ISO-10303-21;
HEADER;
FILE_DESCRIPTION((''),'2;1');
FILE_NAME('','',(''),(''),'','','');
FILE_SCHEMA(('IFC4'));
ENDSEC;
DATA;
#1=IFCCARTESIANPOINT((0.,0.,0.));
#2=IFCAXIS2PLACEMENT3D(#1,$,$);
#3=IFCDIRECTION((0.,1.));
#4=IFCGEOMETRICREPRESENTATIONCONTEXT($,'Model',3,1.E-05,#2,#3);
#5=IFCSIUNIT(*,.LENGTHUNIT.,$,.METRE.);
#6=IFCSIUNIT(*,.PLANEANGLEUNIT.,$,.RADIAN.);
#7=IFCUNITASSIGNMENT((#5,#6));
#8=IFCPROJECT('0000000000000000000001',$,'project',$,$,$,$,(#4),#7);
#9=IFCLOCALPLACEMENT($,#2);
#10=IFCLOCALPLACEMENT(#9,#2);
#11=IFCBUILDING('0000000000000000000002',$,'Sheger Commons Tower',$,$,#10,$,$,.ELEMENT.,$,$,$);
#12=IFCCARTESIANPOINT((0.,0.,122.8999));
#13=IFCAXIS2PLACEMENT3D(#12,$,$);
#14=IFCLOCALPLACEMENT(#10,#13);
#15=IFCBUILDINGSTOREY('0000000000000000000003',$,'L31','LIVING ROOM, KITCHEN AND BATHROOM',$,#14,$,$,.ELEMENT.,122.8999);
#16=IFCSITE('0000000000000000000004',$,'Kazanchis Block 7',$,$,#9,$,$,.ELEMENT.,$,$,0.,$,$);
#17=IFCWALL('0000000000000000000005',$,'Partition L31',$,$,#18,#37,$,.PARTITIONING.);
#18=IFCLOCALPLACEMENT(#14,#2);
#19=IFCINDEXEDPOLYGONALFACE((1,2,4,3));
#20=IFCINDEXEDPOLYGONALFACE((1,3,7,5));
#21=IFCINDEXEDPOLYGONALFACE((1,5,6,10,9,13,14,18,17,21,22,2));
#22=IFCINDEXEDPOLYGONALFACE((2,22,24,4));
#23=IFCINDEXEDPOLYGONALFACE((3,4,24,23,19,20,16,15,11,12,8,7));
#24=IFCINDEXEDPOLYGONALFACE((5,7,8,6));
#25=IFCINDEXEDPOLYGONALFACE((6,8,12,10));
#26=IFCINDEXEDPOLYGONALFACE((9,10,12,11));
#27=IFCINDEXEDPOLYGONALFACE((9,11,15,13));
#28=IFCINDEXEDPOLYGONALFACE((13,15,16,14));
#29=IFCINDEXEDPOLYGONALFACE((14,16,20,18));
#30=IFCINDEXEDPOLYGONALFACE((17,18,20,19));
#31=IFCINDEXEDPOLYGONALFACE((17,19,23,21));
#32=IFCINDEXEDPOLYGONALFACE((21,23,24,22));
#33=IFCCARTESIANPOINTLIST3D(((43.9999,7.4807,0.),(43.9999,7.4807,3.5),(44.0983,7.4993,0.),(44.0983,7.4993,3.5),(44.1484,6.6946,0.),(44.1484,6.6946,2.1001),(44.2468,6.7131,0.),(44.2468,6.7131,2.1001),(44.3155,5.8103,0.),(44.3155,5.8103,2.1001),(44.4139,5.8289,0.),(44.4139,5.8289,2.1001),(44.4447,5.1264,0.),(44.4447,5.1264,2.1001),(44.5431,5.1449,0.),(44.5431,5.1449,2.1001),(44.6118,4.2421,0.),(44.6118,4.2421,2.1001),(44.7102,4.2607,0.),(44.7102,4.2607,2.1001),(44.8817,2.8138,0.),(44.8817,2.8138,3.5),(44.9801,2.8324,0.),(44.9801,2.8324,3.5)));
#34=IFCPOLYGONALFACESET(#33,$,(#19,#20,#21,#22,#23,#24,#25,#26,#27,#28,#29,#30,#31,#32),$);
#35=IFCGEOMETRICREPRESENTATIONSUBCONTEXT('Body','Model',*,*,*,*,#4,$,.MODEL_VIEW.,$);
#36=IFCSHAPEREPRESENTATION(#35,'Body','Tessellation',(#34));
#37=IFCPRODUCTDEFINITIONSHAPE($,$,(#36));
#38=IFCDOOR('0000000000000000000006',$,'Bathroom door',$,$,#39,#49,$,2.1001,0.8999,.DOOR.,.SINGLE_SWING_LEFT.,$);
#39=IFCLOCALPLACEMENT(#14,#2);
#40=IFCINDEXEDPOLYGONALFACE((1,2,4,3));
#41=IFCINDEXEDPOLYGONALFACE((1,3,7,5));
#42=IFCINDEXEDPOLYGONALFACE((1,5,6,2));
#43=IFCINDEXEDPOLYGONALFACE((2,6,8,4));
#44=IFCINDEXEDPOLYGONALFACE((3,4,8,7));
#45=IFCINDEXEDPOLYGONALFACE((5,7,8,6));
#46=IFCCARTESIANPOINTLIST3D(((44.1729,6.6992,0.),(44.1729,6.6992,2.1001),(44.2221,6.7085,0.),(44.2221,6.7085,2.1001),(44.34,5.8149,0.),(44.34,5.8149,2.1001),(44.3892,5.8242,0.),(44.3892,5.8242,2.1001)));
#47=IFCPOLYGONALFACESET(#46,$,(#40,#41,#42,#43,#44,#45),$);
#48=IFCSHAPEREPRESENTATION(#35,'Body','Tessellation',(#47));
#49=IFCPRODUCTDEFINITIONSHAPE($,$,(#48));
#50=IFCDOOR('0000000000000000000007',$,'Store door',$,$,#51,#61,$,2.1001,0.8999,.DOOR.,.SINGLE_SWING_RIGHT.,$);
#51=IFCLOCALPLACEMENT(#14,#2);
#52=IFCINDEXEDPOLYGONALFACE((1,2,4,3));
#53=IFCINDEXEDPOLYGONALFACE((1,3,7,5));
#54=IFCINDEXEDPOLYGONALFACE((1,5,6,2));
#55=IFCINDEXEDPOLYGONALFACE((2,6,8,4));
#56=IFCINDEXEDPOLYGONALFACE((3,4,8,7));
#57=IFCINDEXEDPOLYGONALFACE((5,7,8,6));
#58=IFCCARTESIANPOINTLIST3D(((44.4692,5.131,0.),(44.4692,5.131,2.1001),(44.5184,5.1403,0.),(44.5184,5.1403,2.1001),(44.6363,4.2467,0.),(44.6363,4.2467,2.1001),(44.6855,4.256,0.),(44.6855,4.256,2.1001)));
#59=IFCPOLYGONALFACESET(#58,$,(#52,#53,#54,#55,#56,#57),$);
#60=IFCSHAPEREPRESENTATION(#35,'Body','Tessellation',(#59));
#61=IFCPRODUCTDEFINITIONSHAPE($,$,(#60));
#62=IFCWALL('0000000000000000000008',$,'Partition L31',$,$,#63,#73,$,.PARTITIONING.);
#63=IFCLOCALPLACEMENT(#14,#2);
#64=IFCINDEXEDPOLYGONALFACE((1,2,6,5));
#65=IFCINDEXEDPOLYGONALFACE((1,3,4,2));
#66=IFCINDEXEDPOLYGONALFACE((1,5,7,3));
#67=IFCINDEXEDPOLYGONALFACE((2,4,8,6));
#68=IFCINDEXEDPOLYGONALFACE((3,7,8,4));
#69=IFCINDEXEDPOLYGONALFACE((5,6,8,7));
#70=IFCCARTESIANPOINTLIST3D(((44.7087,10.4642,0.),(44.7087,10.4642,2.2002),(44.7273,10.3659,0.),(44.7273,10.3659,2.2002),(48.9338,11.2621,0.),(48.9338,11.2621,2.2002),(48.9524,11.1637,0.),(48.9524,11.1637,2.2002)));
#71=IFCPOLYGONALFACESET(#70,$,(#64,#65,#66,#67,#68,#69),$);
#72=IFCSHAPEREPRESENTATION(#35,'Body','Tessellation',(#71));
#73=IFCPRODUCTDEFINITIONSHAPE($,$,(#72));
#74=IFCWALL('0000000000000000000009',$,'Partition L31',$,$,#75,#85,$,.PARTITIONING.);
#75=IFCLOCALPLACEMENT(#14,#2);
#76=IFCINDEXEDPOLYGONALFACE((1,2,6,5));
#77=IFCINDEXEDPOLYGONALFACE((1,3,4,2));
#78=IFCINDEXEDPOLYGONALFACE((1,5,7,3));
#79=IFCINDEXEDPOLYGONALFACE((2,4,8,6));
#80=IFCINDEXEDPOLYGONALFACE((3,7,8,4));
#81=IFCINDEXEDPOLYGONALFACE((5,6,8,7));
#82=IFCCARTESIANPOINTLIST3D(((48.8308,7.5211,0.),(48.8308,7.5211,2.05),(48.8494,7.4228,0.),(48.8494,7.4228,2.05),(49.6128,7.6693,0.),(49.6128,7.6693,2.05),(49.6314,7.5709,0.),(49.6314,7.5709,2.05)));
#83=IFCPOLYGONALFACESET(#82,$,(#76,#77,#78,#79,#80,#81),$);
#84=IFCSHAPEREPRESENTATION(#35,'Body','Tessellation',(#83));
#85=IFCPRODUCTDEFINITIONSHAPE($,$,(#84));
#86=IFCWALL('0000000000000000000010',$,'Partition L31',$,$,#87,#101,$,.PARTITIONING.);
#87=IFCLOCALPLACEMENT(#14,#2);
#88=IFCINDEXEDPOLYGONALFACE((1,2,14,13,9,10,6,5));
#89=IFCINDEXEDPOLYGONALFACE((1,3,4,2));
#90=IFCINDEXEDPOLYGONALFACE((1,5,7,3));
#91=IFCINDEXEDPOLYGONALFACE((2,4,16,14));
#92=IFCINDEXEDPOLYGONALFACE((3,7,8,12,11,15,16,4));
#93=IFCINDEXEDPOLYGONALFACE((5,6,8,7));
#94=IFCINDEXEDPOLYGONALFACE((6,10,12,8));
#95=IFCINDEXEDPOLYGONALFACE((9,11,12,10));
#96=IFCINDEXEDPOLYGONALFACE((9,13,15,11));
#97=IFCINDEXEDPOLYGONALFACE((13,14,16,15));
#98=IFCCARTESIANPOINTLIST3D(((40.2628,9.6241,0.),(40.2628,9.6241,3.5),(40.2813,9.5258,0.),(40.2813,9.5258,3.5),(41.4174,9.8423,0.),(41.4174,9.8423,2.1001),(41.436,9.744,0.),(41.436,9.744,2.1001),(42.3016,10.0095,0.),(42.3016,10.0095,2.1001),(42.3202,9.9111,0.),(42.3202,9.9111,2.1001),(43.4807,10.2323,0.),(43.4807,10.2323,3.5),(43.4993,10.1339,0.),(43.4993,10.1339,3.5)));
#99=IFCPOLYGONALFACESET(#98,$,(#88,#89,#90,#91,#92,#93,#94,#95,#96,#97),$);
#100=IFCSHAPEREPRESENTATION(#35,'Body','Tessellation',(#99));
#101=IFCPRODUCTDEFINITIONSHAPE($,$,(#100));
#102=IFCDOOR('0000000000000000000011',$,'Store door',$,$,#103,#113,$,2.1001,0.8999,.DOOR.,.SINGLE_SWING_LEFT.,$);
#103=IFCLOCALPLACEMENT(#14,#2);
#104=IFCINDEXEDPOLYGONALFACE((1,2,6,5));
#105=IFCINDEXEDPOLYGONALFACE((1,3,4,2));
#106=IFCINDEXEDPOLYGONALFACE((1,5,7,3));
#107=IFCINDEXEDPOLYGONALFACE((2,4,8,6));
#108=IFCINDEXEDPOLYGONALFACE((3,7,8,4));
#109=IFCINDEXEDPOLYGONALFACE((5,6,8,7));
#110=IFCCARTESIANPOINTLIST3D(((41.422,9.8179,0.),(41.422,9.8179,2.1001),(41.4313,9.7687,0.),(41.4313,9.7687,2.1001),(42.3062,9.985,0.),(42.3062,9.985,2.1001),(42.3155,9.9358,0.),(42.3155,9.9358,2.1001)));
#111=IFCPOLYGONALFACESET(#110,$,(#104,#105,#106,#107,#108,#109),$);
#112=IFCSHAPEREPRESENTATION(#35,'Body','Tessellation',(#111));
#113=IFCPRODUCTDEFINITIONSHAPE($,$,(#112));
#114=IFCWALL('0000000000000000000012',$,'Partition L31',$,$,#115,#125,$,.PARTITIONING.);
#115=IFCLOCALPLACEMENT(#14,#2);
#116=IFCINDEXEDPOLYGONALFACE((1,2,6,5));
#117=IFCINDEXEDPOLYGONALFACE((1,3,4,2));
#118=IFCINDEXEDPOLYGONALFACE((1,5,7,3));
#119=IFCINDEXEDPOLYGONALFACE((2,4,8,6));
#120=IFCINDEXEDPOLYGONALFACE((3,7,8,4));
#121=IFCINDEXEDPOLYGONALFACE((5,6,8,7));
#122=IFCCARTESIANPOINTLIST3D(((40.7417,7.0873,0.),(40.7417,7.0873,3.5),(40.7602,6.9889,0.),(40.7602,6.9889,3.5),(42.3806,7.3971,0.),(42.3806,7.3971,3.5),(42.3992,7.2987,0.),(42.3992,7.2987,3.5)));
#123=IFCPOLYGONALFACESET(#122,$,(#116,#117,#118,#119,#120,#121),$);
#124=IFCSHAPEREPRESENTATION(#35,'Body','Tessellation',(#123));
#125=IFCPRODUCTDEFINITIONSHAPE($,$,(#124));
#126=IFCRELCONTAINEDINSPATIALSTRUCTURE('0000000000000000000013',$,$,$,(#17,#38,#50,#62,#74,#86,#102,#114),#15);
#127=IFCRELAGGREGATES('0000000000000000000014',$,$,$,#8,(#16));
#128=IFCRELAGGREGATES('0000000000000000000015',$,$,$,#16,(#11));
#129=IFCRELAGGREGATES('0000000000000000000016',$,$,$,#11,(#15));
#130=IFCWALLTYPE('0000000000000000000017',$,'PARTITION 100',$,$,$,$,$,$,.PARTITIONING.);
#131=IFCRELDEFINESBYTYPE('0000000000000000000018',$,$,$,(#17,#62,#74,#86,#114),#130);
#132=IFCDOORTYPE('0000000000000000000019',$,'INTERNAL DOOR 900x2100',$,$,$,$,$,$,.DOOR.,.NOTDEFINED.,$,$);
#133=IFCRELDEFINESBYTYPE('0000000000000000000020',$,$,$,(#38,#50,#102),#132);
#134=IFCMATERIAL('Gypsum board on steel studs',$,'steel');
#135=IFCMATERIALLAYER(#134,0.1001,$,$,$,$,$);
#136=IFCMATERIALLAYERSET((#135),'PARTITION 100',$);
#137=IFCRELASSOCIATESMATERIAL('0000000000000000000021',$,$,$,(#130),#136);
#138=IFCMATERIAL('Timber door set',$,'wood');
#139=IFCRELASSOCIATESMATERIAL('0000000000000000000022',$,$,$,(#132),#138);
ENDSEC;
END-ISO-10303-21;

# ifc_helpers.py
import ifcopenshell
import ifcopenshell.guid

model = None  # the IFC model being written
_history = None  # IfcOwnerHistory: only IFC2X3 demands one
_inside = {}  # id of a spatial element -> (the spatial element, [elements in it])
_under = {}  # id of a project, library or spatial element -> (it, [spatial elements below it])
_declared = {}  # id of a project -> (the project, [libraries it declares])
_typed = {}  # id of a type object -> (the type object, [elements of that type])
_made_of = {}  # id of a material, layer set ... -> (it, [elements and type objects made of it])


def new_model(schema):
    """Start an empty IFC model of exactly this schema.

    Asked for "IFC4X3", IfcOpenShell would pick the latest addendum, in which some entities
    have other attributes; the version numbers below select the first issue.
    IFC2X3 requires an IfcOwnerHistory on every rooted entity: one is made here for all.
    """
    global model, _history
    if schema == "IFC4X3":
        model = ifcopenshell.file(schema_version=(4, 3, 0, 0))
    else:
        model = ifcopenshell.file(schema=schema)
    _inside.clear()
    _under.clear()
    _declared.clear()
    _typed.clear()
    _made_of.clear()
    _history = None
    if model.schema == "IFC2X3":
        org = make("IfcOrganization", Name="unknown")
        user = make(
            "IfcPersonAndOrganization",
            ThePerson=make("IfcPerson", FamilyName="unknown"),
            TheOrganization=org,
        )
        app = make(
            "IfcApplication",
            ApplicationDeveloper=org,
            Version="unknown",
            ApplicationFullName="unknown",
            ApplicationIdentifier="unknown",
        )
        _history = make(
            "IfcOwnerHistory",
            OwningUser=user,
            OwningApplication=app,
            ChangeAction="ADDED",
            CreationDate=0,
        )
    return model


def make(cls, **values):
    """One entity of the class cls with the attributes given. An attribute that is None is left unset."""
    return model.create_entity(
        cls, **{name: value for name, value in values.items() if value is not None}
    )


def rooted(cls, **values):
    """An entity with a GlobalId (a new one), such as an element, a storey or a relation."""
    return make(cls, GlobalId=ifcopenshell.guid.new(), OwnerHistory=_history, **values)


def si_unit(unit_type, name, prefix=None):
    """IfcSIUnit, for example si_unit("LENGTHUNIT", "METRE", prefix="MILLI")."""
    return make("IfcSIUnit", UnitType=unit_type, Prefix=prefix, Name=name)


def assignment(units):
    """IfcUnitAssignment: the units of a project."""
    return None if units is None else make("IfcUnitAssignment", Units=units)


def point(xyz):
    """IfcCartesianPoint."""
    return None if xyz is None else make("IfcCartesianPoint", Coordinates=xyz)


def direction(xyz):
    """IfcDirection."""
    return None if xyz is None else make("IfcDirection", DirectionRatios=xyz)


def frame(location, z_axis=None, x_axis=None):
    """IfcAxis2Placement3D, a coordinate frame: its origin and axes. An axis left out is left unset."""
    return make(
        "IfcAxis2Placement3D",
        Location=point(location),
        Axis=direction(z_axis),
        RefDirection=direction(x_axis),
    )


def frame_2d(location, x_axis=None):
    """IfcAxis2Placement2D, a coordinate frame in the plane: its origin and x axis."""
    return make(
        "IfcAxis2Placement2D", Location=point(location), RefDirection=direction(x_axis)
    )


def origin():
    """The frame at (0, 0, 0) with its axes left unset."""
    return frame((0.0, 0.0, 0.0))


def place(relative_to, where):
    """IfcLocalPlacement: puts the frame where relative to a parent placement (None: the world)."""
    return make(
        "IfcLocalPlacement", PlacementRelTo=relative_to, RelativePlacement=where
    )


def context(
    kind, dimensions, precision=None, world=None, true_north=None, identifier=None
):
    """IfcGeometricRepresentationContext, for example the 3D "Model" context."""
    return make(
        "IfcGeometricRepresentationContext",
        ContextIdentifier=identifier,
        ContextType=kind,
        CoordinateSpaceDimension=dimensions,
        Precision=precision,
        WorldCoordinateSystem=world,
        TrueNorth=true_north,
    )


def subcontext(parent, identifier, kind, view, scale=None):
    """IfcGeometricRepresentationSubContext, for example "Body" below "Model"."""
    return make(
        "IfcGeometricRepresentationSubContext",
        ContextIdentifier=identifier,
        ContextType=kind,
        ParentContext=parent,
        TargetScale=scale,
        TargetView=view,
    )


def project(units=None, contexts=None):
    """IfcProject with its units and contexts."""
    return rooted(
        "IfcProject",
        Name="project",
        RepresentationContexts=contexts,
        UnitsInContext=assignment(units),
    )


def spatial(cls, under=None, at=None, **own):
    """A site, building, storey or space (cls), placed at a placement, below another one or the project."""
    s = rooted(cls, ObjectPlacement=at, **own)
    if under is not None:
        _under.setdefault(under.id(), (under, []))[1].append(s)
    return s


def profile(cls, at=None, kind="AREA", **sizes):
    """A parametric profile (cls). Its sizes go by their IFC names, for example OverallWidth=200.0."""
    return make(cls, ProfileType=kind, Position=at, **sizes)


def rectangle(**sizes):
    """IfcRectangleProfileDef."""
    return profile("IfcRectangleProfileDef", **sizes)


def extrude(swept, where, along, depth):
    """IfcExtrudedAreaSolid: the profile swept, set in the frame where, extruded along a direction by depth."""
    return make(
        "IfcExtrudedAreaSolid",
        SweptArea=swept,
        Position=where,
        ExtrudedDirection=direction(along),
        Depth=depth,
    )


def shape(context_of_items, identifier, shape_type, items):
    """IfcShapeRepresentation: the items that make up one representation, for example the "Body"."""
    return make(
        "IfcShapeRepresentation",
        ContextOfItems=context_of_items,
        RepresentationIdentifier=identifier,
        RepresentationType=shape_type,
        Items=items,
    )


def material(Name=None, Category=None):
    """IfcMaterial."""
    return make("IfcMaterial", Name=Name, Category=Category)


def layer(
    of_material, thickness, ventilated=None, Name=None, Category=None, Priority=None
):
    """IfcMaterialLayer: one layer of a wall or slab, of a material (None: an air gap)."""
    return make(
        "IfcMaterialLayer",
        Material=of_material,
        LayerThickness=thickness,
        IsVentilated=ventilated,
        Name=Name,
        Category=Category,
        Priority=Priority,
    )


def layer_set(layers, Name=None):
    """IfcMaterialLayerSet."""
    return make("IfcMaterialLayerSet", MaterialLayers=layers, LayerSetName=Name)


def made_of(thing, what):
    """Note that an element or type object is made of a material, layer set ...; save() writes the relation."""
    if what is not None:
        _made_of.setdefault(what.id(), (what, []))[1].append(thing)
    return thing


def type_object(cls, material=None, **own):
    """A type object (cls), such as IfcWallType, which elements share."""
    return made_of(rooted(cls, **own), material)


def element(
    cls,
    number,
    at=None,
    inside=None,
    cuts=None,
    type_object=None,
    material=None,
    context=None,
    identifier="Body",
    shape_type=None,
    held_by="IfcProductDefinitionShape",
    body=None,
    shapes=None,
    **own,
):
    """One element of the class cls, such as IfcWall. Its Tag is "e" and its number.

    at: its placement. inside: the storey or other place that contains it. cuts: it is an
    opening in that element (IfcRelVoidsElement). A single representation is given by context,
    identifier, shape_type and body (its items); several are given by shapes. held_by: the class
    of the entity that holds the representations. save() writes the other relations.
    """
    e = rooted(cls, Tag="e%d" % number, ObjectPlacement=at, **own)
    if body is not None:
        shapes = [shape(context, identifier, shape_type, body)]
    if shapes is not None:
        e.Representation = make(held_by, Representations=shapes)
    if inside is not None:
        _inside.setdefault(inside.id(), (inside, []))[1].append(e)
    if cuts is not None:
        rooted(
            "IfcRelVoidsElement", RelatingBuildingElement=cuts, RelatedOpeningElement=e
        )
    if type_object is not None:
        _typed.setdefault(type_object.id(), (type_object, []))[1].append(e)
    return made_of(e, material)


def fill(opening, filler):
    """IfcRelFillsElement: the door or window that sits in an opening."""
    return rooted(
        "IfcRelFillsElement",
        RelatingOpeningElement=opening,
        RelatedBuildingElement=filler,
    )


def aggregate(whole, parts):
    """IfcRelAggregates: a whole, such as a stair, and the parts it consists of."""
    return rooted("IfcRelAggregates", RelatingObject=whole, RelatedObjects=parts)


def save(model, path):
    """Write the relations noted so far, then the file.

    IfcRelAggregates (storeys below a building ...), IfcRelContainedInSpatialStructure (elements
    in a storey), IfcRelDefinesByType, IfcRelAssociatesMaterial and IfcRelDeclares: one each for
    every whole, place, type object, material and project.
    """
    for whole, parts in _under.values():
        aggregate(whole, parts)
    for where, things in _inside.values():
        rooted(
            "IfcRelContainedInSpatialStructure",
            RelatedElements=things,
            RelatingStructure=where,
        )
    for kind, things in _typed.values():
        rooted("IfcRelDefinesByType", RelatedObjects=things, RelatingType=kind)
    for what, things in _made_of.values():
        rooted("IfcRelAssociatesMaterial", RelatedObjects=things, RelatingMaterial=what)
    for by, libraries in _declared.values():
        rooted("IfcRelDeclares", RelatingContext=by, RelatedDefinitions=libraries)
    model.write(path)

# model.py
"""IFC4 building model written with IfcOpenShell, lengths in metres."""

from ifc_helpers import new_model, si_unit, direction, frame, frame_2d, origin, place, context, subcontext, project, spatial, rectangle, extrude, material, layer, layer_set, type_object, element, fill, save


model = new_model("IFC4")

# Units and contexts
model_context = context("Model", 3, precision=1e-05, world=origin(), true_north=direction((0.0, 1.0)))
body_context = subcontext(model_context, "Body", "Model", "MODEL_VIEW")
ifc_project = project(units=[si_unit("LENGTHUNIT", "METRE"), si_unit("PLANEANGLEUNIT", "RADIAN")], contexts=[model_context])

# Site, building, storey
site_placement = place(None, origin())
site = spatial("IfcSite", under=ifc_project, at=site_placement, Name="Kazanchis Block 7", CompositionType="ELEMENT", RefElevation=0.0)
building_placement = place(site_placement, origin())
building = spatial("IfcBuilding", under=site, at=building_placement, Name="Sheger Commons Tower", CompositionType="ELEMENT")
storey_placement = place(building_placement, frame((0.0, 0.0, 122.8999)))
storey = spatial("IfcBuildingStorey", under=building, at=storey_placement, Name="L31", Description="LIVING ROOM, KITCHEN AND BATHROOM", CompositionType="ELEMENT", Elevation=122.8999)

# Shared definitions
ifc_material_1 = material(Name="Gypsum board on steel studs", Category="steel")
ifc_layer_1 = layer(ifc_material_1, 0.1001)
ifc_layer_set_1 = layer_set([ifc_layer_1], Name="PARTITION 100")
wall_type_1 = type_object("IfcWallType", Name="PARTITION 100", PredefinedType="PARTITIONING", material=ifc_layer_set_1)
ifc_material_2 = material(Name="Timber door set", Category="wood")
door_type_1 = type_object("IfcDoorType", Name="INTERNAL DOOR 900x2100", OperationType="NOTDEFINED", PredefinedType="DOOR", material=ifc_material_2)

# Wall, openings, doors
wall_1_placement = place(storey_placement, frame((44.0491, 7.49, 0.0), z_axis=(0.0, 0.0, 1.0), x_axis=(0.185666, -0.982613, 0.0)))
wall_1 = element("IfcWall", 1, at=wall_1_placement, inside=storey, type_object=wall_type_1, Name="Partition L31", PredefinedType="PARTITIONING", context=body_context, shape_type="SweptSolid", body=[
    extrude(rectangle(XDim=4.7495, YDim=0.1001, at=frame_2d((2.3748, 0.0))), origin(), (0.0, 0.0, 1.0), 3.5),
])
opening_1_placement = place(wall_1_placement, frame((0.8, 0.0, 0.0)))
opening_1 = element("IfcOpeningElement", 2, at=opening_1_placement, cuts=wall_1, PredefinedType="OPENING", context=body_context, shape_type="SweptSolid", body=[
    extrude(rectangle(XDim=0.8999, YDim=2.1001, at=frame_2d((0.45, 1.05))), frame((0.0, 0.0601, 0.0), z_axis=(0.0, -1.0, 0.0), x_axis=(1.0, 0.0, 0.0)), (0.0, 0.0, 1.0), 0.1201),
])
opening_2_placement = place(wall_1_placement, frame((2.396, 0.0, 0.0)))
opening_2 = element("IfcOpeningElement", 3, at=opening_2_placement, cuts=wall_1, PredefinedType="OPENING", context=body_context, shape_type="SweptSolid", body=[
    extrude(rectangle(XDim=0.8999, YDim=2.1001, at=frame_2d((0.45, 1.05))), frame((0.0, 0.0601, 0.0), z_axis=(0.0, -1.0, 0.0), x_axis=(1.0, 0.0, 0.0)), (0.0, 0.0, 1.0), 0.1201),
])
door_1_placement = place(opening_1_placement, origin())
door_1 = element("IfcDoor", 4, at=door_1_placement, inside=storey, type_object=door_type_1, Name="Bathroom door", OperationType="SINGLE_SWING_LEFT", OverallHeight=2.1001, OverallWidth=0.8999, PredefinedType="DOOR", context=body_context, shape_type="SweptSolid", body=[
    extrude(rectangle(XDim=0.8999, YDim=2.1001, at=frame_2d((0.45, 1.05))), frame((0.0, 0.0249, 0.0), z_axis=(0.0, -1.0, 0.0), x_axis=(1.0, 0.0, 0.0)), (0.0, 0.0, 1.0), 0.05),
])
fill(opening_1, door_1)
door_2_placement = place(opening_2_placement, origin())
door_2 = element("IfcDoor", 5, at=door_2_placement, inside=storey, type_object=door_type_1, Name="Store door", OperationType="SINGLE_SWING_RIGHT", OverallHeight=2.1001, OverallWidth=0.8999, PredefinedType="DOOR", context=body_context, shape_type="SweptSolid", body=[
    extrude(rectangle(XDim=0.8999, YDim=2.1001, at=frame_2d((0.45, 1.05))), frame((0.0, 0.0249, 0.0), z_axis=(0.0, -1.0, 0.0), x_axis=(1.0, 0.0, 0.0)), (0.0, 0.0, 1.0), 0.05),
])
fill(opening_2, door_2)

# Walls
wall_2_placement = place(storey_placement, frame((48.9431, 11.2129, 0.0), z_axis=(0.0, 0.0, 1.0), x_axis=(-0.982634, -0.185557, 0.0)))
element("IfcWall", 6, at=wall_2_placement, inside=storey, type_object=wall_type_1, Name="Partition L31", PredefinedType="PARTITIONING", context=body_context, shape_type="SweptSolid", body=[
    extrude(rectangle(XDim=4.2998, YDim=0.1001, at=frame_2d((2.1499, 0.0))), origin(), (0.0, 0.0, 1.0), 2.2002),
])
wall_3_placement = place(storey_placement, frame((49.6221, 7.6201, 0.0), z_axis=(0.0, 0.0, 1.0), x_axis=(-0.982513, -0.186196, 0.0)))
element("IfcWall", 7, at=wall_3_placement, inside=storey, type_object=wall_type_1, Name="Partition L31", PredefinedType="PARTITIONING", context=body_context, shape_type="SweptSolid", body=[
    extrude(rectangle(XDim=0.7959, YDim=0.1001, at=frame_2d((0.3979, 0.0))), origin(), (0.0, 0.0, 1.0), 2.05),
])

# Wall, opening, door
wall_4_placement = place(storey_placement, frame((43.49, 10.1831, 0.0), z_axis=(0.0, 0.0, 1.0), x_axis=(-0.982607, -0.185697, 0.0)))
wall_4 = element("IfcWall", 8, at=wall_4_placement, inside=storey, type_object=wall_type_1, Name="Partition L31", PredefinedType="PARTITIONING", context=body_context, shape_type="SweptSolid", body=[
    extrude(rectangle(XDim=3.2749, YDim=0.1001, at=frame_2d((1.6375, 0.0))), origin(), (0.0, 0.0, 1.0), 3.5),
])
opening_3_placement = place(wall_4_placement, frame((1.2, 0.0, 0.0)))
opening_3 = element("IfcOpeningElement", 9, at=opening_3_placement, cuts=wall_4, PredefinedType="OPENING", context=body_context, shape_type="SweptSolid", body=[
    extrude(rectangle(XDim=0.8999, YDim=2.1001, at=frame_2d((0.45, 1.05))), frame((0.0, 0.0601, 0.0), z_axis=(0.0, -1.0, 0.0), x_axis=(1.0, 0.0, 0.0)), (0.0, 0.0, 1.0), 0.1201),
])
door_3_placement = place(opening_3_placement, origin())
door_3 = element("IfcDoor", 10, at=door_3_placement, inside=storey, type_object=door_type_1, Name="Store door", OperationType="SINGLE_SWING_LEFT", OverallHeight=2.1001, OverallWidth=0.8999, PredefinedType="DOOR", context=body_context, shape_type="SweptSolid", body=[
    extrude(rectangle(XDim=0.8999, YDim=2.1001, at=frame_2d((0.45, 1.05))), frame((0.0, 0.0249, 0.0), z_axis=(0.0, -1.0, 0.0), x_axis=(1.0, 0.0, 0.0)), (0.0, 0.0, 1.0), 0.05),
])
fill(opening_3, door_3)

# Wall
wall_5_placement = place(storey_placement, frame((42.3899, 7.3479, 0.0), z_axis=(0.0, 0.0, 1.0), x_axis=(-0.982598, -0.185747, 0.0)))
element("IfcWall", 11, at=wall_5_placement, inside=storey, type_object=wall_type_1, Name="Partition L31", PredefinedType="PARTITIONING", context=body_context, shape_type="SweptSolid", body=[
    extrude(rectangle(XDim=1.668, YDim=0.1001, at=frame_2d((0.834, 0.0))), origin(), (0.0, 0.0, 1.0), 3.5),
])

save(model, "model.ifc")
